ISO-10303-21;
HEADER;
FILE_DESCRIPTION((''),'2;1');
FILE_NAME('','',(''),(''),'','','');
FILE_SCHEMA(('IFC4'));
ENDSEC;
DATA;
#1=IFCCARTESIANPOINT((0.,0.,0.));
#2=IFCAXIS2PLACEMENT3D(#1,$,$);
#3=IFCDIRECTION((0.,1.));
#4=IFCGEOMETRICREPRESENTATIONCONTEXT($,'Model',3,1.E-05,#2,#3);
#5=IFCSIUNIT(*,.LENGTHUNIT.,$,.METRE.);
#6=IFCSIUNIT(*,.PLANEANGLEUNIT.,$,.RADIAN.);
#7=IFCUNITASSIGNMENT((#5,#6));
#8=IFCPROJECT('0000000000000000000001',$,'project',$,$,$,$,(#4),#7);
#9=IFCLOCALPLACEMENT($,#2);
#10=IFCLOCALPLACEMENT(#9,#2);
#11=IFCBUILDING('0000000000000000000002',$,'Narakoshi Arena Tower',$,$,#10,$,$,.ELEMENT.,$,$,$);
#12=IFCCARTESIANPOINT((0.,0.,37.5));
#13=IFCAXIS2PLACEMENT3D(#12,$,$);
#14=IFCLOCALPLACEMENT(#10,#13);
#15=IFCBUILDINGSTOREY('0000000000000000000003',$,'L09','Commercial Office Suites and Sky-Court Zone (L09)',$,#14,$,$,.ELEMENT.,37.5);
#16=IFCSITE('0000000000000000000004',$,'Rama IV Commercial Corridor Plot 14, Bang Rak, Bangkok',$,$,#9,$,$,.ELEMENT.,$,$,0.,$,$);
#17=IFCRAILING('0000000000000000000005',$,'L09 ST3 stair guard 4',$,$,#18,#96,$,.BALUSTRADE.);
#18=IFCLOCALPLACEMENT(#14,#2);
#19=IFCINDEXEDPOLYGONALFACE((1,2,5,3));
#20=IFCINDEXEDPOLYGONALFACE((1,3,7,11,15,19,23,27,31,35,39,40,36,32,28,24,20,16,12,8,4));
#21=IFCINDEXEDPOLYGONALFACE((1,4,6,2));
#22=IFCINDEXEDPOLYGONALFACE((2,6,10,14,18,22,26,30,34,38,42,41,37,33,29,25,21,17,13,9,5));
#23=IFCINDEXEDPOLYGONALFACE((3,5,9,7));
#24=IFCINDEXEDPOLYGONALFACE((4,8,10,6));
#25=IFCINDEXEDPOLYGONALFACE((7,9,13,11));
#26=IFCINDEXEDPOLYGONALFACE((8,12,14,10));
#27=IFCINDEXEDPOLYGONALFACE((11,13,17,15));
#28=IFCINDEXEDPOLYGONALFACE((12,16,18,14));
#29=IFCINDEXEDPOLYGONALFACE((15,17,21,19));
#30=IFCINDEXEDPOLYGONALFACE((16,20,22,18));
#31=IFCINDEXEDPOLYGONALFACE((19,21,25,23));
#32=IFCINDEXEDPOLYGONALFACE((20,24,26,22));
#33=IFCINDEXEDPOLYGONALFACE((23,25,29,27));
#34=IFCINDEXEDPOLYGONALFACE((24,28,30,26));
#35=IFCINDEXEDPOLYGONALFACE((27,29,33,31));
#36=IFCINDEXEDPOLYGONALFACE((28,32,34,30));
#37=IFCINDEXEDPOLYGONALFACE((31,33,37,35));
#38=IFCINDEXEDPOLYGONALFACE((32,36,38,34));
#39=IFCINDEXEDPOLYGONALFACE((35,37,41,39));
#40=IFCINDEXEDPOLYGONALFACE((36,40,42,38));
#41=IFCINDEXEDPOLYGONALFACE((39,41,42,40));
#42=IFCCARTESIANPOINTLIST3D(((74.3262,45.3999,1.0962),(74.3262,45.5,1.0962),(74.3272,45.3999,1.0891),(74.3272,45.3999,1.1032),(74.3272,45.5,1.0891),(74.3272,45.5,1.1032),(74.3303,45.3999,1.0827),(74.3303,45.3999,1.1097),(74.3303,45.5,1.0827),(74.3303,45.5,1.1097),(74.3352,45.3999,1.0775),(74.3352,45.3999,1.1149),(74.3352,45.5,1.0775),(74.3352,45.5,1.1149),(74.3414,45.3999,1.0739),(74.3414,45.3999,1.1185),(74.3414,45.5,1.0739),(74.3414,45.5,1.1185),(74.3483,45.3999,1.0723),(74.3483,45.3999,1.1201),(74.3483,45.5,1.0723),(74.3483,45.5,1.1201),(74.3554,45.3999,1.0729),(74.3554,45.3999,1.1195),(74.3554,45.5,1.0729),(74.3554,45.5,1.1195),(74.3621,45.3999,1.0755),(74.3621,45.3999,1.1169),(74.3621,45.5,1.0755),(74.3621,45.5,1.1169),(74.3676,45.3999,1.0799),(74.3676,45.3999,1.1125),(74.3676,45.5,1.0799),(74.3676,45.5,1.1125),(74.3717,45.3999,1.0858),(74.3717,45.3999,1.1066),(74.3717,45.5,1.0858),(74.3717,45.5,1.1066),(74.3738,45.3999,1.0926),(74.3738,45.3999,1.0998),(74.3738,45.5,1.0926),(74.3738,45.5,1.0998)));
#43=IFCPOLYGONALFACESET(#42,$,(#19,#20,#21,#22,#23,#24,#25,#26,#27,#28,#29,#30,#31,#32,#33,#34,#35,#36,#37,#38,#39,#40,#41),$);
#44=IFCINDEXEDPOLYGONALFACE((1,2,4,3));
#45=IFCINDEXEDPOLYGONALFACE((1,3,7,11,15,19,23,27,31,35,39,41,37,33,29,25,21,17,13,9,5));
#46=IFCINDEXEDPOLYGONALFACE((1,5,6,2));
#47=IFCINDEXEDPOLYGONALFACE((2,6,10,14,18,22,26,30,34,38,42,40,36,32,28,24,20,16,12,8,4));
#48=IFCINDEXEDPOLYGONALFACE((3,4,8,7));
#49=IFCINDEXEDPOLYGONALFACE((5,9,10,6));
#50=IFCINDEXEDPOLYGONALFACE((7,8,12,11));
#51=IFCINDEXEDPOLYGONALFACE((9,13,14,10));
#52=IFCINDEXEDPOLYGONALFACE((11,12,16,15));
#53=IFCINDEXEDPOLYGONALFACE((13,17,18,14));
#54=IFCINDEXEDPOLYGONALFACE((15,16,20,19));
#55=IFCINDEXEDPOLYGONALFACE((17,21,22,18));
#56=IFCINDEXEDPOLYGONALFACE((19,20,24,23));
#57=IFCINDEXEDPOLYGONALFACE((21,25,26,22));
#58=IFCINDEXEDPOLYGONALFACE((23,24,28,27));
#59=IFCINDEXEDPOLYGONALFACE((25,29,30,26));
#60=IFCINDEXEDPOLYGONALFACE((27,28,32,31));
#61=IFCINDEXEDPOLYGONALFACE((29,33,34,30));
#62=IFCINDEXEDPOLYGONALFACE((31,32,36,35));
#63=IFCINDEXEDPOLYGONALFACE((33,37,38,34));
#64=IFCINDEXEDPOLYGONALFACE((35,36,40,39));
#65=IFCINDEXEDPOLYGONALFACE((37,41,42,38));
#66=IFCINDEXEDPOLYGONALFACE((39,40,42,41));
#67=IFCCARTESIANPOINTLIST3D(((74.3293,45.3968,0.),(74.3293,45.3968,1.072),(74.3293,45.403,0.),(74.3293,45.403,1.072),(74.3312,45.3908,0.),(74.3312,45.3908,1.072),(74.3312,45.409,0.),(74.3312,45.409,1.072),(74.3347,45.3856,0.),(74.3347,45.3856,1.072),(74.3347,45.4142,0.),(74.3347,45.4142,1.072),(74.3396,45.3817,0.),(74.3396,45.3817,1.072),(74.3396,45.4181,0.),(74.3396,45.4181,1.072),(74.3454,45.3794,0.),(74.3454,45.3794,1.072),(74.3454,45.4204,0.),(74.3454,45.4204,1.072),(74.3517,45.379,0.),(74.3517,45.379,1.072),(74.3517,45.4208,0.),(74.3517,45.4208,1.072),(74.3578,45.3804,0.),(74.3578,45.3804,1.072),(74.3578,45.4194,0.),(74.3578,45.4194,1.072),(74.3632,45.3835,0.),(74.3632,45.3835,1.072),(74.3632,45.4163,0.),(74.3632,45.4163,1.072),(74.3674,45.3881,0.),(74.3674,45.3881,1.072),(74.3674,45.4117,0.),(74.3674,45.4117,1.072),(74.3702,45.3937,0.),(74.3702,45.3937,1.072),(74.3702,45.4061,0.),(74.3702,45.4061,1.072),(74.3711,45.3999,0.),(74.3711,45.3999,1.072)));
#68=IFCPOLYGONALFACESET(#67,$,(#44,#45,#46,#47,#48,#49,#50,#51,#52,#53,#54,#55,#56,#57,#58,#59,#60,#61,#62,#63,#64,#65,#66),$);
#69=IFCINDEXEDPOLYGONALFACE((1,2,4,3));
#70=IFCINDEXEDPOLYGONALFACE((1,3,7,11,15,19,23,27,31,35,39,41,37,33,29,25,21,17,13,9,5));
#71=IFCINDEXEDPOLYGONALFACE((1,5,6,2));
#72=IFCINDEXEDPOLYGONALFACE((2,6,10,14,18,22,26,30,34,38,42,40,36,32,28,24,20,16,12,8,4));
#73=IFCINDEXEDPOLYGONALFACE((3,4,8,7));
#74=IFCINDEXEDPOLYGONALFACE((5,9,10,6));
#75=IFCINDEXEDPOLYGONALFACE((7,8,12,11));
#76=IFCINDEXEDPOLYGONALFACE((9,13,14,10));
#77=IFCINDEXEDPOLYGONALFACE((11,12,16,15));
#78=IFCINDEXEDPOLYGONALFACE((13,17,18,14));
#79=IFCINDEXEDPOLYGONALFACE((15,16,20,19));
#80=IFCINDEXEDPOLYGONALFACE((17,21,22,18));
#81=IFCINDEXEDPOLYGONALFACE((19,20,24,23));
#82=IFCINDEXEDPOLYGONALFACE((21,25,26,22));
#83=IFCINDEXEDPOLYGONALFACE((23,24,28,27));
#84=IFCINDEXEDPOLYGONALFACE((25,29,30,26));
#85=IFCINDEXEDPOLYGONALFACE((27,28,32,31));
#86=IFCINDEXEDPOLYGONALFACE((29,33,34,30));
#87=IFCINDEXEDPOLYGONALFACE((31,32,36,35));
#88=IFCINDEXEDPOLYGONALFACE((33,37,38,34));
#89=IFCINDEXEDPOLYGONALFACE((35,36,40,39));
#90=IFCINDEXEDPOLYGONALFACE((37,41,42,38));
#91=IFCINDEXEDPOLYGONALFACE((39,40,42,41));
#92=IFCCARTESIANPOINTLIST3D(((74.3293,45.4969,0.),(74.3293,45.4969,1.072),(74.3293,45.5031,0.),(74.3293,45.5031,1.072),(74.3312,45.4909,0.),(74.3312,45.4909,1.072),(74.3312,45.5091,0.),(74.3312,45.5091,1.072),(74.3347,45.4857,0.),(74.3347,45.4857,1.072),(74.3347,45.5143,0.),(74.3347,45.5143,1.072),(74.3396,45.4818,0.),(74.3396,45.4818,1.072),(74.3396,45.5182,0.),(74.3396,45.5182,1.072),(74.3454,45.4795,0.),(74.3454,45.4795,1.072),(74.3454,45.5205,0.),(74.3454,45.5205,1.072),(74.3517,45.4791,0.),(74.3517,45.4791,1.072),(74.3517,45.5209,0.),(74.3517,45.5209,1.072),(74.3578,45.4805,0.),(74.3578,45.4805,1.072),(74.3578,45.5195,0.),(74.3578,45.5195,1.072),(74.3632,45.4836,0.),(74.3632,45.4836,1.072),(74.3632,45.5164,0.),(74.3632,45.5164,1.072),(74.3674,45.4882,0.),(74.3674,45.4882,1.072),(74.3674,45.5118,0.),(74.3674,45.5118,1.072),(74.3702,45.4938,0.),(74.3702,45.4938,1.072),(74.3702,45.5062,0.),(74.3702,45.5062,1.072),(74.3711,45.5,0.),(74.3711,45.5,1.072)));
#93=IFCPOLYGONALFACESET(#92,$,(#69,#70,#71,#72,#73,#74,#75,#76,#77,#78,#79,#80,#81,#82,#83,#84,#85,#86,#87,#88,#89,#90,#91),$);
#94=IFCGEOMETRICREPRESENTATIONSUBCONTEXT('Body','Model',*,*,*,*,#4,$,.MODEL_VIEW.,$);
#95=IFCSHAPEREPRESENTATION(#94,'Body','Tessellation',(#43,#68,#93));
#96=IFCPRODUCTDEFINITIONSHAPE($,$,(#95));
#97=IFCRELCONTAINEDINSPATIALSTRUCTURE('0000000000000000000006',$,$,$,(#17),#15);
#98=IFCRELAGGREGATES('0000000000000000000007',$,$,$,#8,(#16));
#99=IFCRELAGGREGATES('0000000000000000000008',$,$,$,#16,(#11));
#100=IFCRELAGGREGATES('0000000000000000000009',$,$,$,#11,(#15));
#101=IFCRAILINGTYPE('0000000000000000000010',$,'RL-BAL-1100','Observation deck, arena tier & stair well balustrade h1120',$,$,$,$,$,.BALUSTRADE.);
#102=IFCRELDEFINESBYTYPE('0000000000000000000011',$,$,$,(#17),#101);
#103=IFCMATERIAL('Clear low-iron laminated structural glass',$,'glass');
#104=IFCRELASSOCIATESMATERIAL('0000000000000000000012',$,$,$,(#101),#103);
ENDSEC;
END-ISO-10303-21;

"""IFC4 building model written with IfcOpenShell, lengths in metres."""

from ifc_helpers import new_model, si_unit, direction, frame, origin, origin_2d, place, context, subcontext, project, spatial, circle, extrude, material, type_object, element, save


model = new_model("IFC4")

# Units and contexts
model_context = context("Model", 3, precision=1e-05, world=origin(), true_north=direction((0.0, 1.0)))
body_context = subcontext(model_context, "Body", "Model", "MODEL_VIEW")
ifc_project = project(units=[si_unit("LENGTHUNIT", "METRE"), si_unit("PLANEANGLEUNIT", "RADIAN")], contexts=[model_context])

# Site, building, storey
site_placement = place(None, origin())
site = spatial("IfcSite", under=ifc_project, at=site_placement, Name="Rama IV Commercial Corridor Plot 14, Bang Rak, Bangkok", CompositionType="ELEMENT", RefElevation=0.0)
building_placement = place(site_placement, origin())
building = spatial("IfcBuilding", under=site, at=building_placement, Name="Narakoshi Arena Tower", CompositionType="ELEMENT")
storey_placement = place(building_placement, frame((0.0, 0.0, 37.5)))
storey = spatial("IfcBuildingStorey", under=building, at=storey_placement, Name="L09", Description="Commercial Office Suites and Sky-Court Zone (L09)", CompositionType="ELEMENT", Elevation=37.5)

# Railing
ifc_material_1 = material(Name="Clear low-iron laminated structural glass", Category="glass")
railing_type_1 = type_object("IfcRailingType", Name="RL-BAL-1100", Description="Observation deck, arena tier & stair well balustrade h1120", PredefinedType="BALUSTRADE", material=ifc_material_1)
railing_1_placement = place(storey_placement, frame((74.3501, 45.3999, 0.0)))
element("IfcRailing", 1, at=railing_1_placement, inside=storey, type_object=railing_type_1, Name="L09 ST3 stair guard 4", PredefinedType="BALUSTRADE", context=body_context, shape_type="SweptSolid", body=[
    extrude(circle(Radius=0.0239, at=origin_2d()), frame((0.0, 0.0, 1.0962), z_axis=(0.0, 1.0, 0.0), x_axis=(-1.0, 0.0, 0.0)), (0.0, 0.0, 1.0), 0.1001),
    extrude(circle(Radius=0.021, at=origin_2d()), origin(), (0.0, 0.0, 1.0), 1.072),
    extrude(circle(Radius=0.021, at=origin_2d()), frame((0.0, 0.1001, 0.0)), (0.0, 0.0, 1.0), 1.072),
])

save(model, "model.ifc")
